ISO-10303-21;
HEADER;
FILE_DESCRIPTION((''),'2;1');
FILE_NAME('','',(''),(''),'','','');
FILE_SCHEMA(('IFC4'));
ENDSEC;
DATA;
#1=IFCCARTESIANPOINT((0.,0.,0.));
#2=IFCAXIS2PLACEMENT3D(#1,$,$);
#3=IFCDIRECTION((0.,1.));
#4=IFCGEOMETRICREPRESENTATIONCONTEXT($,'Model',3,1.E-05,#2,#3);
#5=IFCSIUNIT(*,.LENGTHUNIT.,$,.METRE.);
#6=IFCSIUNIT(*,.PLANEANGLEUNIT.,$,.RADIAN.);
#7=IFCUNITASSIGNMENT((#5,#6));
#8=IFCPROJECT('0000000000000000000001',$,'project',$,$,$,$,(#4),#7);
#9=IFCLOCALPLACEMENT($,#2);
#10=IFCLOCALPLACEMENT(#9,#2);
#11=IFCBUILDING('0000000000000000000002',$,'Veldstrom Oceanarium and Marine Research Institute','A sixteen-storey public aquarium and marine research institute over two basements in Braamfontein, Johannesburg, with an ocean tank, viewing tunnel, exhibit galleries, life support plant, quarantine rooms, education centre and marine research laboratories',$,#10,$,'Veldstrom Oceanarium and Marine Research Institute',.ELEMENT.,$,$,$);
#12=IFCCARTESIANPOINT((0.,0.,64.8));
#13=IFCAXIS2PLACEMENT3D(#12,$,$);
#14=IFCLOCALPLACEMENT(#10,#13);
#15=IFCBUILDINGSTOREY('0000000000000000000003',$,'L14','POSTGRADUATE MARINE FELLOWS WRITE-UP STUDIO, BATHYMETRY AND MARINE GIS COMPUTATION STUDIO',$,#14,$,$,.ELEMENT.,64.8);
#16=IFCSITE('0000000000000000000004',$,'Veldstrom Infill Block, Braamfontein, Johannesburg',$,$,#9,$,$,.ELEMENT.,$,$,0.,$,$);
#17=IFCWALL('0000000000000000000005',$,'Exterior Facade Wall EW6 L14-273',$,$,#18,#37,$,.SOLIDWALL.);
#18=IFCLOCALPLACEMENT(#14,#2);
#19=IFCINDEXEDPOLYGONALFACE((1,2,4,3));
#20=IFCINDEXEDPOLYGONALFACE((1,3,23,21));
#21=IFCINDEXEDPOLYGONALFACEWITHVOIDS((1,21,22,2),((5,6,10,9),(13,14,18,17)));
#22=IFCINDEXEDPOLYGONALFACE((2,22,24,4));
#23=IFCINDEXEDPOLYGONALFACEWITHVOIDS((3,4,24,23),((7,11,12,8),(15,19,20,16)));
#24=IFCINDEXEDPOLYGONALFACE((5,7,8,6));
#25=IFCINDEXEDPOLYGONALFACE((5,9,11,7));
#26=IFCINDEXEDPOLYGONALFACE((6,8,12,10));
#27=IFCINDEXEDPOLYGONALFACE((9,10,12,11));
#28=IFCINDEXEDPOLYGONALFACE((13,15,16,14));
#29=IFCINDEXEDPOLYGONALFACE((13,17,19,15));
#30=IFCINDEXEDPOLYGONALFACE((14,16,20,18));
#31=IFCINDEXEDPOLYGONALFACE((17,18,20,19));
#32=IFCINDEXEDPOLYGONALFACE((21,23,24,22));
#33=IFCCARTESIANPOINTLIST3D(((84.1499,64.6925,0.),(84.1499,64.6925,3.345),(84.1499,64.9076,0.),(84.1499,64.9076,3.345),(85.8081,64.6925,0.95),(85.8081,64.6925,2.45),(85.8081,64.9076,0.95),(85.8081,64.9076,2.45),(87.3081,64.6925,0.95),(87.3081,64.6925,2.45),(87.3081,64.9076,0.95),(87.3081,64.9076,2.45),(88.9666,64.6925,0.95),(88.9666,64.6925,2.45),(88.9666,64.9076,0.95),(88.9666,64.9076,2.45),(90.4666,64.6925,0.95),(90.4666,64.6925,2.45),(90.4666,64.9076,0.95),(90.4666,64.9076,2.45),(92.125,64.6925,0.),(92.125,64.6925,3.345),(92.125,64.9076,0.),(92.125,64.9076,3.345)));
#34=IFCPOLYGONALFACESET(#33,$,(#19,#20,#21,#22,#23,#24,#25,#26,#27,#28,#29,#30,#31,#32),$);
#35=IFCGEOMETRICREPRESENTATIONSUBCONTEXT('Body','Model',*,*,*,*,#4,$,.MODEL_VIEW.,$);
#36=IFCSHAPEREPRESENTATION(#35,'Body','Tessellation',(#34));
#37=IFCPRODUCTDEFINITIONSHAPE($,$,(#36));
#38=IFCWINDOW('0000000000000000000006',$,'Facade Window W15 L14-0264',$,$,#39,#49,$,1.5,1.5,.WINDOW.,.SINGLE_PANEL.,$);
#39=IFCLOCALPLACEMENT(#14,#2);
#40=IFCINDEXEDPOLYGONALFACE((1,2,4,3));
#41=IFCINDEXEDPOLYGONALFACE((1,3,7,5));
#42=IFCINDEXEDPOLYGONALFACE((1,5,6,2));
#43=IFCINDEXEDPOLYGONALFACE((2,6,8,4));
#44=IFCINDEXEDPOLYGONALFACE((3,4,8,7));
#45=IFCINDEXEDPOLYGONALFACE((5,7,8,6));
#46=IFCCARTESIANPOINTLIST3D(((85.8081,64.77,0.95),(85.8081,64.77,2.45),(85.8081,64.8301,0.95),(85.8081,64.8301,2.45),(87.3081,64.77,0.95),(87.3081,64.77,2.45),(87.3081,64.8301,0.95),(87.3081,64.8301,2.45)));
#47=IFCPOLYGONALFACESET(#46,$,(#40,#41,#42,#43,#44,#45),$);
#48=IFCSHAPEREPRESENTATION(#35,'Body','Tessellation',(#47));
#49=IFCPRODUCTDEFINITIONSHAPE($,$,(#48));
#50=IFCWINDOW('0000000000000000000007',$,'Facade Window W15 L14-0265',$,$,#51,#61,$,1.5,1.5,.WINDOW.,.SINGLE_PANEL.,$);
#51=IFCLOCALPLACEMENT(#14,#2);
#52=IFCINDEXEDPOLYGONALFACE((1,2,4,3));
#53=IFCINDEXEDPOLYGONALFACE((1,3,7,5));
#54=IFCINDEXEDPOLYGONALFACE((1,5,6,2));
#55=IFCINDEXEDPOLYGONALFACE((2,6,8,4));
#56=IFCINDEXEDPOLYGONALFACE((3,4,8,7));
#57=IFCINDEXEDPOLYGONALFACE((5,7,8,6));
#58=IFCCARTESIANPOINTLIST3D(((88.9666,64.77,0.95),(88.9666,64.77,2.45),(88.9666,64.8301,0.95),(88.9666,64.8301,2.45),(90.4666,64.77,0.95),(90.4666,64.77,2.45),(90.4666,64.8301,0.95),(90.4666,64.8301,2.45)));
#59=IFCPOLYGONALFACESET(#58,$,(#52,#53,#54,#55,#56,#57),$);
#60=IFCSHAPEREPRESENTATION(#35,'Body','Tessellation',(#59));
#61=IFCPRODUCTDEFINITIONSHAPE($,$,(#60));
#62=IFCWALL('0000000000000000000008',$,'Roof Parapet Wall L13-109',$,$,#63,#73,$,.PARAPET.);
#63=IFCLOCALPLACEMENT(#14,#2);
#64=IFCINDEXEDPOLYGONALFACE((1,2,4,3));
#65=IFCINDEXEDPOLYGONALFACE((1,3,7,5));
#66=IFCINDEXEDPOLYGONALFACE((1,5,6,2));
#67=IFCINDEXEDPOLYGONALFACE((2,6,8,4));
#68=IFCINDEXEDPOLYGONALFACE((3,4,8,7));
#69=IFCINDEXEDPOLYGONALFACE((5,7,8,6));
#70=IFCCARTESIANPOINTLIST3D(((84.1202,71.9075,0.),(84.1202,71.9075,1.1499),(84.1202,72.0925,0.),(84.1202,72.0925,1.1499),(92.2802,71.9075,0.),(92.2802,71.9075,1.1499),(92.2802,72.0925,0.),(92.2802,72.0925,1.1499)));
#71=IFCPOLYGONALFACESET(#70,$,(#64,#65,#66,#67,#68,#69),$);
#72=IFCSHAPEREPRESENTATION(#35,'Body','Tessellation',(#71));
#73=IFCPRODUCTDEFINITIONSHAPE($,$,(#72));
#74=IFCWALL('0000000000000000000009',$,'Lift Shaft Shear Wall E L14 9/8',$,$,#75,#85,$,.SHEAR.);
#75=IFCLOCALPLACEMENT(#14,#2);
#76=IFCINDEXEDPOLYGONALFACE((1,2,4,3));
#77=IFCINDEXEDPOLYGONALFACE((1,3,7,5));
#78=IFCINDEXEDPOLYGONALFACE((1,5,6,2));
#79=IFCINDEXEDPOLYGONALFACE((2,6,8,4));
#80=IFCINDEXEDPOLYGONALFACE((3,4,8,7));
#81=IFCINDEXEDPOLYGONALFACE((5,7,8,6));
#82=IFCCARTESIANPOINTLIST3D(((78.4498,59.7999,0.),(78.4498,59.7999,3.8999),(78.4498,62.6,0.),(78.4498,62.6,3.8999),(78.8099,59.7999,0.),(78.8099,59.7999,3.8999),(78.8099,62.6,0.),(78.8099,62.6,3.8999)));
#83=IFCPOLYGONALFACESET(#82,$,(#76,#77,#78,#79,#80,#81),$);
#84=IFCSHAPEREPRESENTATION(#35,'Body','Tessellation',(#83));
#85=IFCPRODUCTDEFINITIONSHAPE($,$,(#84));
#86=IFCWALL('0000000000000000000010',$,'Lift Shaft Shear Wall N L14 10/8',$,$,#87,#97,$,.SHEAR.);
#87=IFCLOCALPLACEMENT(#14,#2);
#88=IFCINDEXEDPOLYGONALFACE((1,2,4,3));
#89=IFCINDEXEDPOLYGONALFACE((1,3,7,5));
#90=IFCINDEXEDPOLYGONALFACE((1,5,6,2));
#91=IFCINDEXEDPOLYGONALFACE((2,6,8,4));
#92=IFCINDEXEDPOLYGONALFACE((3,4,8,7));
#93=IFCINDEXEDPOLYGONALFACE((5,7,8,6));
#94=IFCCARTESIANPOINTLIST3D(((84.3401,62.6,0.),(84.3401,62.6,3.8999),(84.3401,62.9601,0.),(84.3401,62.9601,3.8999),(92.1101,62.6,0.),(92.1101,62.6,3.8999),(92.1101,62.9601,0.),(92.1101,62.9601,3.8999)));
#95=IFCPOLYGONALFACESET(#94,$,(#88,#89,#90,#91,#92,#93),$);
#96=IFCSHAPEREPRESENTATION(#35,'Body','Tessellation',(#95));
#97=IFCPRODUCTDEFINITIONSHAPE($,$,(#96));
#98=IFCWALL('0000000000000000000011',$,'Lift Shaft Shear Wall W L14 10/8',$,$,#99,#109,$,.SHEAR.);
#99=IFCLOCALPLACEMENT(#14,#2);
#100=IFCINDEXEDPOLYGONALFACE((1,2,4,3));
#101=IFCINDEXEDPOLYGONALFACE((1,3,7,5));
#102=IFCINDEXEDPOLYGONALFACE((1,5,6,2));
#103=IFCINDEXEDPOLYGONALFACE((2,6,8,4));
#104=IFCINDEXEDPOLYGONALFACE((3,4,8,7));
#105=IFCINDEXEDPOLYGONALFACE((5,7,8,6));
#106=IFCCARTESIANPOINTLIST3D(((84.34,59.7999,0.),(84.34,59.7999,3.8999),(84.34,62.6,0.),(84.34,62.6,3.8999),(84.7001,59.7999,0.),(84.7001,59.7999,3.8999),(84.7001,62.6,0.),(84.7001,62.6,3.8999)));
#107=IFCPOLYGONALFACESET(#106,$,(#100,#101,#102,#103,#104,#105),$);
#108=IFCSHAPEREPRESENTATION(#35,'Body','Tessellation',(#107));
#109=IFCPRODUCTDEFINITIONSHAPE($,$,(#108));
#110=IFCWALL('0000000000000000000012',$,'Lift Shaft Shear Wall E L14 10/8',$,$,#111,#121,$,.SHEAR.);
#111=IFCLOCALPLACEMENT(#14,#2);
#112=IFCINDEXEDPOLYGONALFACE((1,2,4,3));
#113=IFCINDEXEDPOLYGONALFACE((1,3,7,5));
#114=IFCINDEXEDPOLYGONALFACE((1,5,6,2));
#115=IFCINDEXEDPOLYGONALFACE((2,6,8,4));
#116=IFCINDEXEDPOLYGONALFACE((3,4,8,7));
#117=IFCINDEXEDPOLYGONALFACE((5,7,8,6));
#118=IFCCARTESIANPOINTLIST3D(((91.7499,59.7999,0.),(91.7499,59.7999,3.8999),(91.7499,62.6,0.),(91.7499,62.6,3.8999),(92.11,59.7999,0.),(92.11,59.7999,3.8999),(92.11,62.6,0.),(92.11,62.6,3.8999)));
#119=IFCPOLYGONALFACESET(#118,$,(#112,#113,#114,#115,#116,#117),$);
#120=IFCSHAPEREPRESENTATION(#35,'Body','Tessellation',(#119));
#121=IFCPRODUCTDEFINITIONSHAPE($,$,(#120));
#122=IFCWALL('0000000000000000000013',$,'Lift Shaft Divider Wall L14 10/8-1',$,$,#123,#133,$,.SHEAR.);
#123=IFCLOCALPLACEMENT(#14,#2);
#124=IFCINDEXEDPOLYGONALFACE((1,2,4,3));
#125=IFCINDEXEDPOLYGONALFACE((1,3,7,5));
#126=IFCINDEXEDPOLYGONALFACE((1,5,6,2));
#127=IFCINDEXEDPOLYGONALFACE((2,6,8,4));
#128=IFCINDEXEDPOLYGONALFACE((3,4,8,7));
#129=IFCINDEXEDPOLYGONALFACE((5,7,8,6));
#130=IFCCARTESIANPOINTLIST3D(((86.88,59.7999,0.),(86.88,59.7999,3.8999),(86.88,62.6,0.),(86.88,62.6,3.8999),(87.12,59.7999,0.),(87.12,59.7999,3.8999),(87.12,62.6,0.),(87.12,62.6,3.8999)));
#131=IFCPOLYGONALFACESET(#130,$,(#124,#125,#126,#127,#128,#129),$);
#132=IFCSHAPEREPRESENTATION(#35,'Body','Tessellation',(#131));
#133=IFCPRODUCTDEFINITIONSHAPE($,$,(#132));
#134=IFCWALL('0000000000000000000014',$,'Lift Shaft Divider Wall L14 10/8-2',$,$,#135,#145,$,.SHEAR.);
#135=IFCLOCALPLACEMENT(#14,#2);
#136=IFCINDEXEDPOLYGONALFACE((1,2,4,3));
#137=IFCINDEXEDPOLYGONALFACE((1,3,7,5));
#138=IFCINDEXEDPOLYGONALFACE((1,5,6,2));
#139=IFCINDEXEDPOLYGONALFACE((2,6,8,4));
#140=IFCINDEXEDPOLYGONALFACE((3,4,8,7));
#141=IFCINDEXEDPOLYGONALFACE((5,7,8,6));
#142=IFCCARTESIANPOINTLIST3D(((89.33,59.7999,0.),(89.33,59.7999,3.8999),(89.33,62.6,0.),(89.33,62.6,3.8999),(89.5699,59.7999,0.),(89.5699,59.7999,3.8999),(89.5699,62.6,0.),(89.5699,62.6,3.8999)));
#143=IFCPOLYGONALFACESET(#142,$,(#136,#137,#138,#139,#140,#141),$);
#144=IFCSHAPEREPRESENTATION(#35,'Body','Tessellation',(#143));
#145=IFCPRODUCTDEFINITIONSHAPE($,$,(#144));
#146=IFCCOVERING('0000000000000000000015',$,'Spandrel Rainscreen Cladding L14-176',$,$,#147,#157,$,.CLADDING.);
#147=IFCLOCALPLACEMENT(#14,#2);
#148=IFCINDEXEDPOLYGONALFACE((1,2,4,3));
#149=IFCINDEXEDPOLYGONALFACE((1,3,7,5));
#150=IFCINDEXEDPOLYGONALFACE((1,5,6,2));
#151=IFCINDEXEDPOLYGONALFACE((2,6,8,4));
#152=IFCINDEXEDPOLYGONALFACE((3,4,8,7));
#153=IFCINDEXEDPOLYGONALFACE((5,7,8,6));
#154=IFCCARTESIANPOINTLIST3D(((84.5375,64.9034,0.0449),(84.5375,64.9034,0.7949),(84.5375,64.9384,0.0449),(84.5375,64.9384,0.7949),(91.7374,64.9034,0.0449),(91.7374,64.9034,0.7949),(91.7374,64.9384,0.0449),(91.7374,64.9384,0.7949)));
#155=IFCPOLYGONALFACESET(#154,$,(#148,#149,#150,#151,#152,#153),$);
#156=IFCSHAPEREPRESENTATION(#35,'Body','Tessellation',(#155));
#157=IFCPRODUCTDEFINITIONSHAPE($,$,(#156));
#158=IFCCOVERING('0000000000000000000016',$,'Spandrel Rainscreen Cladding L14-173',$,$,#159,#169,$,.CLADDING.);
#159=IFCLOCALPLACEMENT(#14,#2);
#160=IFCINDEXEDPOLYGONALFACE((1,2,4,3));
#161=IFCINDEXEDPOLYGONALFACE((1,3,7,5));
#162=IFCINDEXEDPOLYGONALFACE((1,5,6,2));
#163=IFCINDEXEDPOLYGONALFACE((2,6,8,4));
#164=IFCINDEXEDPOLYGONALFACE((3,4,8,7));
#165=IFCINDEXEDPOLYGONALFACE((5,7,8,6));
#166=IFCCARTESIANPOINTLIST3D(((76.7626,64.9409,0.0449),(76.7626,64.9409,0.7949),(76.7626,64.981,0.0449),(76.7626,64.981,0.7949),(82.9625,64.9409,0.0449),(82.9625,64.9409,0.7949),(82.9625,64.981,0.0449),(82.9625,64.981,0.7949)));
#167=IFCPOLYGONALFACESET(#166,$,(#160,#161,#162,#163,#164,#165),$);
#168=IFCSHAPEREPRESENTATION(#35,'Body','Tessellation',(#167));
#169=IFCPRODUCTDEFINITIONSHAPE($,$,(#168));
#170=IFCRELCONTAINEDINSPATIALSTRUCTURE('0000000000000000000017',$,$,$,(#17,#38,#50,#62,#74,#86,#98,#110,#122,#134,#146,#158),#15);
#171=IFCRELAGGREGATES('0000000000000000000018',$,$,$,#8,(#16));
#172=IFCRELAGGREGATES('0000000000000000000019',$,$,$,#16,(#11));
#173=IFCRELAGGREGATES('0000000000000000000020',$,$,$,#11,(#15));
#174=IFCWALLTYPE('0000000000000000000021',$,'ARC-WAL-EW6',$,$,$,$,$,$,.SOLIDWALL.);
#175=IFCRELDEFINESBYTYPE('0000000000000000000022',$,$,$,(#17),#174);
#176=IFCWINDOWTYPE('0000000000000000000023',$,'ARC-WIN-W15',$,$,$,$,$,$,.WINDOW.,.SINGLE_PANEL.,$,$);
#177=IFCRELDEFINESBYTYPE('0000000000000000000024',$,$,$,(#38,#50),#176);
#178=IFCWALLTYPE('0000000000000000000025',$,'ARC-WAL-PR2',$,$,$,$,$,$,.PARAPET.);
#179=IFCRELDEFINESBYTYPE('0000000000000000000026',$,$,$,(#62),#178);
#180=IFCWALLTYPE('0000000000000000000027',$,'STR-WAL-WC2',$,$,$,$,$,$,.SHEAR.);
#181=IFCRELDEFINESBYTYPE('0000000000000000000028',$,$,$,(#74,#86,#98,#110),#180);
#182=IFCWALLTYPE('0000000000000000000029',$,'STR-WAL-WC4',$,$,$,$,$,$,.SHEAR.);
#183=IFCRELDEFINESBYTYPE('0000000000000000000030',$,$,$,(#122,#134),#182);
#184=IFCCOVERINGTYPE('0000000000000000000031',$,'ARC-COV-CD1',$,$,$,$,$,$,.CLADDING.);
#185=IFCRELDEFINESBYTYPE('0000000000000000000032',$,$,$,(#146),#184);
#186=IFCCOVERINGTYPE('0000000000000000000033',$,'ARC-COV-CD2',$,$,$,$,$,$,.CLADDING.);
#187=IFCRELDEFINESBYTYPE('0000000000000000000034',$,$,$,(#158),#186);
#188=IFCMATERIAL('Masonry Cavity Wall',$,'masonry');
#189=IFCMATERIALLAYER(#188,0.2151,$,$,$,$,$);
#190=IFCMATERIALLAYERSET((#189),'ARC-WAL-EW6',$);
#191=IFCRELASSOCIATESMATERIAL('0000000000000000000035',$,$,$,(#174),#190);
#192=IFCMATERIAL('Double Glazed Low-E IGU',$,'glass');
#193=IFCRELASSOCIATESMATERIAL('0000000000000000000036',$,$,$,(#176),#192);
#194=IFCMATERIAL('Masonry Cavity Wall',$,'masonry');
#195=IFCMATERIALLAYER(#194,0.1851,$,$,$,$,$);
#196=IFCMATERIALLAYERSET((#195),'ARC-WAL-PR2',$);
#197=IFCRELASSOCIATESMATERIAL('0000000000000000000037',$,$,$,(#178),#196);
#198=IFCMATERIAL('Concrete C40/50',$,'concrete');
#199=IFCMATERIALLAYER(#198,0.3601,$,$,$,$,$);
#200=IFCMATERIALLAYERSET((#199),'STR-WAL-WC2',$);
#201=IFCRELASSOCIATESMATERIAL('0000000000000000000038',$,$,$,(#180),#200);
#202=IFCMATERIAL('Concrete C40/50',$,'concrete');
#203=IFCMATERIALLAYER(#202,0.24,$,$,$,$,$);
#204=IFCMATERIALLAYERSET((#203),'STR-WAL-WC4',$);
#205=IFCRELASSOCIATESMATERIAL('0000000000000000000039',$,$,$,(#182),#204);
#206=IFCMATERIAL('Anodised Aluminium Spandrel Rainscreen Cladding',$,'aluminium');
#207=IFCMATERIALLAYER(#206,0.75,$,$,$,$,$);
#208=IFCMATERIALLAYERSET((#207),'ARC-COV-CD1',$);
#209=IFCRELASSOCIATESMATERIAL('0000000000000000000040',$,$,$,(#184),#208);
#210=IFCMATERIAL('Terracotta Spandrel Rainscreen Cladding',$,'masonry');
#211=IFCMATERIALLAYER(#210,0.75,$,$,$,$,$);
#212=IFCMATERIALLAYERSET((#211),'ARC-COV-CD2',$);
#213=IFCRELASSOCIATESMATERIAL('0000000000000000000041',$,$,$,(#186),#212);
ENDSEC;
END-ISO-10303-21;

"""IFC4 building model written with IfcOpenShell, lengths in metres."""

from ifc_helpers import new_model, si_unit, direction, frame, frame_2d, origin, origin_2d, place, context, subcontext, project, spatial, rectangle, extrude, material, layer, layer_set, type_object, element, fill, save


model = new_model("IFC4")

# Units and contexts
model_context = context("Model", 3, precision=1e-05, world=origin(), true_north=direction((0.0, 1.0)))
body_context = subcontext(model_context, "Body", "Model", "MODEL_VIEW")
ifc_project = project(units=[si_unit("LENGTHUNIT", "METRE"), si_unit("PLANEANGLEUNIT", "RADIAN")], contexts=[model_context])

# Site, building, storey
site_placement = place(None, origin())
site = spatial("IfcSite", under=ifc_project, at=site_placement, Name="Veldstrom Infill Block, Braamfontein, Johannesburg", CompositionType="ELEMENT", RefElevation=0.0)
building_placement = place(site_placement, origin())
building = spatial("IfcBuilding", under=site, at=building_placement, Name="Veldstrom Oceanarium and Marine Research Institute", Description="A sixteen-storey public aquarium and marine research institute over two basements in Braamfontein, Johannesburg, with an ocean tank, viewing tunnel, exhibit galleries, life support plant, quarantine rooms, education centre and marine research laboratories", LongName="Veldstrom Oceanarium and Marine Research Institute", CompositionType="ELEMENT")
storey_placement = place(building_placement, frame((0.0, 0.0, 64.8)))
storey = spatial("IfcBuildingStorey", under=building, at=storey_placement, Name="L14", Description="POSTGRADUATE MARINE FELLOWS WRITE-UP STUDIO, BATHYMETRY AND MARINE GIS COMPUTATION STUDIO", CompositionType="ELEMENT", Elevation=64.8)

# Wall, openings, windows
ifc_material_1 = material(Name="Masonry Cavity Wall", Category="masonry")
ifc_layer_1 = layer(ifc_material_1, 0.2151)
ifc_layer_set_1 = layer_set([ifc_layer_1], Name="ARC-WAL-EW6")
wall_type_1 = type_object("IfcWallType", Name="ARC-WAL-EW6", PredefinedType="SOLIDWALL", material=ifc_layer_set_1)
wall_1_placement = place(storey_placement, frame((84.1499, 64.8, 0.0), z_axis=(0.0, 0.0, 1.0), x_axis=(1.0, 0.0, 0.0)))
wall_1 = element("IfcWall", 1, at=wall_1_placement, inside=storey, type_object=wall_type_1, Name="Exterior Facade Wall EW6 L14-273", PredefinedType="SOLIDWALL", context=body_context, shape_type="SweptSolid", body=[
    extrude(rectangle(XDim=7.9751, YDim=0.2151, at=frame_2d((3.9875, 0.0))), origin(), (0.0, 0.0, 1.0), 3.345),
])
opening_1_placement = place(wall_1_placement, frame((1.6582, 0.0, 0.95)))
opening_1 = element("IfcOpeningElement", 2, at=opening_1_placement, cuts=wall_1, PredefinedType="OPENING", context=body_context, shape_type="SweptSolid", body=[
    extrude(rectangle(XDim=1.5, YDim=1.5, at=frame_2d((0.75, 0.75))), frame((0.0, 0.1174, 0.0), z_axis=(0.0, -1.0, 0.0), x_axis=(1.0, 0.0, 0.0)), (0.0, 0.0, 1.0), 0.2351),
])
opening_2_placement = place(wall_1_placement, frame((4.8167, 0.0, 0.95)))
opening_2 = element("IfcOpeningElement", 3, at=opening_2_placement, cuts=wall_1, PredefinedType="OPENING", context=body_context, shape_type="SweptSolid", body=[
    extrude(rectangle(XDim=1.5, YDim=1.5, at=frame_2d((0.75, 0.75))), frame((0.0, 0.1174, 0.0), z_axis=(0.0, -1.0, 0.0), x_axis=(1.0, 0.0, 0.0)), (0.0, 0.0, 1.0), 0.2351),
])
ifc_material_2 = material(Name="Double Glazed Low-E IGU", Category="glass")
window_type = type_object("IfcWindowType", Name="ARC-WIN-W15", PartitioningType="SINGLE_PANEL", PredefinedType="WINDOW", material=ifc_material_2)
window_1_placement = place(opening_1_placement, origin())
window_1 = element("IfcWindow", 4, at=window_1_placement, inside=storey, type_object=window_type, Name="Facade Window W15 L14-0264", OverallHeight=1.5, OverallWidth=1.5, PartitioningType="SINGLE_PANEL", PredefinedType="WINDOW", context=body_context, shape_type="SweptSolid", body=[
    extrude(rectangle(XDim=1.5, YDim=1.5, at=frame_2d((0.75, 0.75))), frame((0.0, 0.03, 0.0), z_axis=(0.0, -1.0, 0.0), x_axis=(1.0, 0.0, 0.0)), (0.0, 0.0, 1.0), 0.0601),
])
fill(opening_1, window_1)
window_2_placement = place(opening_2_placement, origin())
window_2 = element("IfcWindow", 5, at=window_2_placement, inside=storey, type_object=window_type, Name="Facade Window W15 L14-0265", OverallHeight=1.5, OverallWidth=1.5, PartitioningType="SINGLE_PANEL", PredefinedType="WINDOW", context=body_context, shape_type="SweptSolid", body=[
    extrude(rectangle(XDim=1.5, YDim=1.5, at=frame_2d((0.75, 0.75))), frame((0.0, 0.03, 0.0), z_axis=(0.0, -1.0, 0.0), x_axis=(1.0, 0.0, 0.0)), (0.0, 0.0, 1.0), 0.0601),
])
fill(opening_2, window_2)

# Wall
ifc_material_3 = material(Name="Masonry Cavity Wall", Category="masonry")
ifc_layer_2 = layer(ifc_material_3, 0.1851)
ifc_layer_set_2 = layer_set([ifc_layer_2], Name="ARC-WAL-PR2")
wall_type_2 = type_object("IfcWallType", Name="ARC-WAL-PR2", PredefinedType="PARAPET", material=ifc_layer_set_2)
wall_2_placement = place(storey_placement, frame((84.1201, 72.0, 0.0), z_axis=(0.0, 0.0, 1.0), x_axis=(1.0, 0.0, 0.0)))
element("IfcWall", 6, at=wall_2_placement, inside=storey, type_object=wall_type_2, Name="Roof Parapet Wall L13-109", PredefinedType="PARAPET", context=body_context, shape_type="SweptSolid", body=[
    extrude(rectangle(XDim=8.1599, YDim=0.1851, at=frame_2d((4.0801, 0.0))), origin(), (0.0, 0.0, 1.0), 1.1499),
])

# Walls
ifc_material_4 = material(Name="Concrete C40/50", Category="concrete")
ifc_layer_3 = layer(ifc_material_4, 0.3601)
ifc_layer_set_3 = layer_set([ifc_layer_3], Name="STR-WAL-WC2")
wall_type_3 = type_object("IfcWallType", Name="STR-WAL-WC2", PredefinedType="SHEAR", material=ifc_layer_set_3)
wall_3_placement = place(storey_placement, frame((78.6299, 59.8, 0.0), z_axis=(0.0, 0.0, 1.0), x_axis=(0.0, 1.0, 0.0)))
element("IfcWall", 7, at=wall_3_placement, inside=storey, type_object=wall_type_3, Name="Lift Shaft Shear Wall E L14 9/8", PredefinedType="SHEAR", context=body_context, shape_type="SweptSolid", body=[
    extrude(rectangle(XDim=2.8, YDim=0.3601, at=frame_2d((1.3999, 0.0))), origin(), (0.0, 0.0, 1.0), 3.8999),
])
wall_4_placement = place(storey_placement, frame((84.3401, 62.78, 0.0), z_axis=(0.0, 0.0, 1.0), x_axis=(1.0, 0.0, 0.0)))
element("IfcWall", 8, at=wall_4_placement, inside=storey, type_object=wall_type_3, Name="Lift Shaft Shear Wall N L14 10/8", PredefinedType="SHEAR", context=body_context, shape_type="SweptSolid", body=[
    extrude(rectangle(XDim=7.77, YDim=0.3601, at=frame_2d((3.885, 0.0))), origin(), (0.0, 0.0, 1.0), 3.8999),
])

# Walls
for number, where, z_axis, x_axis, name in (
    (9, (84.52, 59.8, 0.0), (0.0, 0.0, 1.0), (0.0, 1.0, 0.0), "Lift Shaft Shear Wall W L14 10/8"),
    (10, (91.9299, 59.8, 0.0), (0.0, 0.0, 1.0), (0.0, 1.0, 0.0), "Lift Shaft Shear Wall E L14 10/8"),
):
    element("IfcWall", number, at=place(storey_placement, frame(where, z_axis=z_axis, x_axis=x_axis)), inside=storey, type_object=wall_type_3, Name=name, PredefinedType="SHEAR", context=body_context, shape_type="SweptSolid", body=[
        extrude(rectangle(XDim=2.8, YDim=0.3601, at=frame_2d((1.3999, 0.0))), origin(), (0.0, 0.0, 1.0), 3.8999),
    ])
ifc_material_5 = material(Name="Concrete C40/50", Category="concrete")
ifc_layer_4 = layer(ifc_material_5, 0.24)
ifc_layer_set_4 = layer_set([ifc_layer_4], Name="STR-WAL-WC4")
wall_type_4 = type_object("IfcWallType", Name="STR-WAL-WC4", PredefinedType="SHEAR", material=ifc_layer_set_4)
for number, where, z_axis, x_axis, name in (
    (11, (87.0, 59.8, 0.0), (0.0, 0.0, 1.0), (0.0, 1.0, 0.0), "Lift Shaft Divider Wall L14 10/8-1"),
    (12, (89.45, 59.8, 0.0), (0.0, 0.0, 1.0), (0.0, 1.0, 0.0), "Lift Shaft Divider Wall L14 10/8-2"),
):
    element("IfcWall", number, at=place(storey_placement, frame(where, z_axis=z_axis, x_axis=x_axis)), inside=storey, type_object=wall_type_4, Name=name, PredefinedType="SHEAR", context=body_context, shape_type="SweptSolid", body=[
        extrude(rectangle(XDim=2.8, YDim=0.24, at=frame_2d((1.3999, 0.0))), origin(), (0.0, 0.0, 1.0), 3.8999),
    ])

# Coverings
ifc_material_6 = material(Name="Anodised Aluminium Spandrel Rainscreen Cladding", Category="aluminium")
ifc_layer_5 = layer(ifc_material_6, 0.75)
ifc_layer_set_5 = layer_set([ifc_layer_5], Name="ARC-COV-CD1")
covering_type_1 = type_object("IfcCoveringType", Name="ARC-COV-CD1", PredefinedType="CLADDING", material=ifc_layer_set_5)
covering_1_placement = place(storey_placement, frame((88.1375, 64.9209, 0.0449), z_axis=(0.0, 0.0, 1.0), x_axis=(1.0, 0.0, 0.0)))
element("IfcCovering", 13, at=covering_1_placement, inside=storey, type_object=covering_type_1, Name="Spandrel Rainscreen Cladding L14-176", PredefinedType="CLADDING", context=body_context, shape_type="SweptSolid", body=[
    extrude(rectangle(XDim=7.2, YDim=0.0349, at=origin_2d()), origin(), (0.0, 0.0, 1.0), 0.75),
])
ifc_material_7 = material(Name="Terracotta Spandrel Rainscreen Cladding", Category="masonry")
ifc_layer_6 = layer(ifc_material_7, 0.75)
ifc_layer_set_6 = layer_set([ifc_layer_6], Name="ARC-COV-CD2")
covering_type_2 = type_object("IfcCoveringType", Name="ARC-COV-CD2", PredefinedType="CLADDING", material=ifc_layer_set_6)
covering_2_placement = place(storey_placement, frame((79.8625, 64.9609, 0.0449), z_axis=(0.0, 0.0, 1.0), x_axis=(1.0, 0.0, 0.0)))
element("IfcCovering", 14, at=covering_2_placement, inside=storey, type_object=covering_type_2, Name="Spandrel Rainscreen Cladding L14-173", PredefinedType="CLADDING", context=body_context, shape_type="SweptSolid", body=[
    extrude(rectangle(XDim=6.2, YDim=0.04, at=origin_2d()), origin(), (0.0, 0.0, 1.0), 0.75),
])

save(model, "model.ifc")
